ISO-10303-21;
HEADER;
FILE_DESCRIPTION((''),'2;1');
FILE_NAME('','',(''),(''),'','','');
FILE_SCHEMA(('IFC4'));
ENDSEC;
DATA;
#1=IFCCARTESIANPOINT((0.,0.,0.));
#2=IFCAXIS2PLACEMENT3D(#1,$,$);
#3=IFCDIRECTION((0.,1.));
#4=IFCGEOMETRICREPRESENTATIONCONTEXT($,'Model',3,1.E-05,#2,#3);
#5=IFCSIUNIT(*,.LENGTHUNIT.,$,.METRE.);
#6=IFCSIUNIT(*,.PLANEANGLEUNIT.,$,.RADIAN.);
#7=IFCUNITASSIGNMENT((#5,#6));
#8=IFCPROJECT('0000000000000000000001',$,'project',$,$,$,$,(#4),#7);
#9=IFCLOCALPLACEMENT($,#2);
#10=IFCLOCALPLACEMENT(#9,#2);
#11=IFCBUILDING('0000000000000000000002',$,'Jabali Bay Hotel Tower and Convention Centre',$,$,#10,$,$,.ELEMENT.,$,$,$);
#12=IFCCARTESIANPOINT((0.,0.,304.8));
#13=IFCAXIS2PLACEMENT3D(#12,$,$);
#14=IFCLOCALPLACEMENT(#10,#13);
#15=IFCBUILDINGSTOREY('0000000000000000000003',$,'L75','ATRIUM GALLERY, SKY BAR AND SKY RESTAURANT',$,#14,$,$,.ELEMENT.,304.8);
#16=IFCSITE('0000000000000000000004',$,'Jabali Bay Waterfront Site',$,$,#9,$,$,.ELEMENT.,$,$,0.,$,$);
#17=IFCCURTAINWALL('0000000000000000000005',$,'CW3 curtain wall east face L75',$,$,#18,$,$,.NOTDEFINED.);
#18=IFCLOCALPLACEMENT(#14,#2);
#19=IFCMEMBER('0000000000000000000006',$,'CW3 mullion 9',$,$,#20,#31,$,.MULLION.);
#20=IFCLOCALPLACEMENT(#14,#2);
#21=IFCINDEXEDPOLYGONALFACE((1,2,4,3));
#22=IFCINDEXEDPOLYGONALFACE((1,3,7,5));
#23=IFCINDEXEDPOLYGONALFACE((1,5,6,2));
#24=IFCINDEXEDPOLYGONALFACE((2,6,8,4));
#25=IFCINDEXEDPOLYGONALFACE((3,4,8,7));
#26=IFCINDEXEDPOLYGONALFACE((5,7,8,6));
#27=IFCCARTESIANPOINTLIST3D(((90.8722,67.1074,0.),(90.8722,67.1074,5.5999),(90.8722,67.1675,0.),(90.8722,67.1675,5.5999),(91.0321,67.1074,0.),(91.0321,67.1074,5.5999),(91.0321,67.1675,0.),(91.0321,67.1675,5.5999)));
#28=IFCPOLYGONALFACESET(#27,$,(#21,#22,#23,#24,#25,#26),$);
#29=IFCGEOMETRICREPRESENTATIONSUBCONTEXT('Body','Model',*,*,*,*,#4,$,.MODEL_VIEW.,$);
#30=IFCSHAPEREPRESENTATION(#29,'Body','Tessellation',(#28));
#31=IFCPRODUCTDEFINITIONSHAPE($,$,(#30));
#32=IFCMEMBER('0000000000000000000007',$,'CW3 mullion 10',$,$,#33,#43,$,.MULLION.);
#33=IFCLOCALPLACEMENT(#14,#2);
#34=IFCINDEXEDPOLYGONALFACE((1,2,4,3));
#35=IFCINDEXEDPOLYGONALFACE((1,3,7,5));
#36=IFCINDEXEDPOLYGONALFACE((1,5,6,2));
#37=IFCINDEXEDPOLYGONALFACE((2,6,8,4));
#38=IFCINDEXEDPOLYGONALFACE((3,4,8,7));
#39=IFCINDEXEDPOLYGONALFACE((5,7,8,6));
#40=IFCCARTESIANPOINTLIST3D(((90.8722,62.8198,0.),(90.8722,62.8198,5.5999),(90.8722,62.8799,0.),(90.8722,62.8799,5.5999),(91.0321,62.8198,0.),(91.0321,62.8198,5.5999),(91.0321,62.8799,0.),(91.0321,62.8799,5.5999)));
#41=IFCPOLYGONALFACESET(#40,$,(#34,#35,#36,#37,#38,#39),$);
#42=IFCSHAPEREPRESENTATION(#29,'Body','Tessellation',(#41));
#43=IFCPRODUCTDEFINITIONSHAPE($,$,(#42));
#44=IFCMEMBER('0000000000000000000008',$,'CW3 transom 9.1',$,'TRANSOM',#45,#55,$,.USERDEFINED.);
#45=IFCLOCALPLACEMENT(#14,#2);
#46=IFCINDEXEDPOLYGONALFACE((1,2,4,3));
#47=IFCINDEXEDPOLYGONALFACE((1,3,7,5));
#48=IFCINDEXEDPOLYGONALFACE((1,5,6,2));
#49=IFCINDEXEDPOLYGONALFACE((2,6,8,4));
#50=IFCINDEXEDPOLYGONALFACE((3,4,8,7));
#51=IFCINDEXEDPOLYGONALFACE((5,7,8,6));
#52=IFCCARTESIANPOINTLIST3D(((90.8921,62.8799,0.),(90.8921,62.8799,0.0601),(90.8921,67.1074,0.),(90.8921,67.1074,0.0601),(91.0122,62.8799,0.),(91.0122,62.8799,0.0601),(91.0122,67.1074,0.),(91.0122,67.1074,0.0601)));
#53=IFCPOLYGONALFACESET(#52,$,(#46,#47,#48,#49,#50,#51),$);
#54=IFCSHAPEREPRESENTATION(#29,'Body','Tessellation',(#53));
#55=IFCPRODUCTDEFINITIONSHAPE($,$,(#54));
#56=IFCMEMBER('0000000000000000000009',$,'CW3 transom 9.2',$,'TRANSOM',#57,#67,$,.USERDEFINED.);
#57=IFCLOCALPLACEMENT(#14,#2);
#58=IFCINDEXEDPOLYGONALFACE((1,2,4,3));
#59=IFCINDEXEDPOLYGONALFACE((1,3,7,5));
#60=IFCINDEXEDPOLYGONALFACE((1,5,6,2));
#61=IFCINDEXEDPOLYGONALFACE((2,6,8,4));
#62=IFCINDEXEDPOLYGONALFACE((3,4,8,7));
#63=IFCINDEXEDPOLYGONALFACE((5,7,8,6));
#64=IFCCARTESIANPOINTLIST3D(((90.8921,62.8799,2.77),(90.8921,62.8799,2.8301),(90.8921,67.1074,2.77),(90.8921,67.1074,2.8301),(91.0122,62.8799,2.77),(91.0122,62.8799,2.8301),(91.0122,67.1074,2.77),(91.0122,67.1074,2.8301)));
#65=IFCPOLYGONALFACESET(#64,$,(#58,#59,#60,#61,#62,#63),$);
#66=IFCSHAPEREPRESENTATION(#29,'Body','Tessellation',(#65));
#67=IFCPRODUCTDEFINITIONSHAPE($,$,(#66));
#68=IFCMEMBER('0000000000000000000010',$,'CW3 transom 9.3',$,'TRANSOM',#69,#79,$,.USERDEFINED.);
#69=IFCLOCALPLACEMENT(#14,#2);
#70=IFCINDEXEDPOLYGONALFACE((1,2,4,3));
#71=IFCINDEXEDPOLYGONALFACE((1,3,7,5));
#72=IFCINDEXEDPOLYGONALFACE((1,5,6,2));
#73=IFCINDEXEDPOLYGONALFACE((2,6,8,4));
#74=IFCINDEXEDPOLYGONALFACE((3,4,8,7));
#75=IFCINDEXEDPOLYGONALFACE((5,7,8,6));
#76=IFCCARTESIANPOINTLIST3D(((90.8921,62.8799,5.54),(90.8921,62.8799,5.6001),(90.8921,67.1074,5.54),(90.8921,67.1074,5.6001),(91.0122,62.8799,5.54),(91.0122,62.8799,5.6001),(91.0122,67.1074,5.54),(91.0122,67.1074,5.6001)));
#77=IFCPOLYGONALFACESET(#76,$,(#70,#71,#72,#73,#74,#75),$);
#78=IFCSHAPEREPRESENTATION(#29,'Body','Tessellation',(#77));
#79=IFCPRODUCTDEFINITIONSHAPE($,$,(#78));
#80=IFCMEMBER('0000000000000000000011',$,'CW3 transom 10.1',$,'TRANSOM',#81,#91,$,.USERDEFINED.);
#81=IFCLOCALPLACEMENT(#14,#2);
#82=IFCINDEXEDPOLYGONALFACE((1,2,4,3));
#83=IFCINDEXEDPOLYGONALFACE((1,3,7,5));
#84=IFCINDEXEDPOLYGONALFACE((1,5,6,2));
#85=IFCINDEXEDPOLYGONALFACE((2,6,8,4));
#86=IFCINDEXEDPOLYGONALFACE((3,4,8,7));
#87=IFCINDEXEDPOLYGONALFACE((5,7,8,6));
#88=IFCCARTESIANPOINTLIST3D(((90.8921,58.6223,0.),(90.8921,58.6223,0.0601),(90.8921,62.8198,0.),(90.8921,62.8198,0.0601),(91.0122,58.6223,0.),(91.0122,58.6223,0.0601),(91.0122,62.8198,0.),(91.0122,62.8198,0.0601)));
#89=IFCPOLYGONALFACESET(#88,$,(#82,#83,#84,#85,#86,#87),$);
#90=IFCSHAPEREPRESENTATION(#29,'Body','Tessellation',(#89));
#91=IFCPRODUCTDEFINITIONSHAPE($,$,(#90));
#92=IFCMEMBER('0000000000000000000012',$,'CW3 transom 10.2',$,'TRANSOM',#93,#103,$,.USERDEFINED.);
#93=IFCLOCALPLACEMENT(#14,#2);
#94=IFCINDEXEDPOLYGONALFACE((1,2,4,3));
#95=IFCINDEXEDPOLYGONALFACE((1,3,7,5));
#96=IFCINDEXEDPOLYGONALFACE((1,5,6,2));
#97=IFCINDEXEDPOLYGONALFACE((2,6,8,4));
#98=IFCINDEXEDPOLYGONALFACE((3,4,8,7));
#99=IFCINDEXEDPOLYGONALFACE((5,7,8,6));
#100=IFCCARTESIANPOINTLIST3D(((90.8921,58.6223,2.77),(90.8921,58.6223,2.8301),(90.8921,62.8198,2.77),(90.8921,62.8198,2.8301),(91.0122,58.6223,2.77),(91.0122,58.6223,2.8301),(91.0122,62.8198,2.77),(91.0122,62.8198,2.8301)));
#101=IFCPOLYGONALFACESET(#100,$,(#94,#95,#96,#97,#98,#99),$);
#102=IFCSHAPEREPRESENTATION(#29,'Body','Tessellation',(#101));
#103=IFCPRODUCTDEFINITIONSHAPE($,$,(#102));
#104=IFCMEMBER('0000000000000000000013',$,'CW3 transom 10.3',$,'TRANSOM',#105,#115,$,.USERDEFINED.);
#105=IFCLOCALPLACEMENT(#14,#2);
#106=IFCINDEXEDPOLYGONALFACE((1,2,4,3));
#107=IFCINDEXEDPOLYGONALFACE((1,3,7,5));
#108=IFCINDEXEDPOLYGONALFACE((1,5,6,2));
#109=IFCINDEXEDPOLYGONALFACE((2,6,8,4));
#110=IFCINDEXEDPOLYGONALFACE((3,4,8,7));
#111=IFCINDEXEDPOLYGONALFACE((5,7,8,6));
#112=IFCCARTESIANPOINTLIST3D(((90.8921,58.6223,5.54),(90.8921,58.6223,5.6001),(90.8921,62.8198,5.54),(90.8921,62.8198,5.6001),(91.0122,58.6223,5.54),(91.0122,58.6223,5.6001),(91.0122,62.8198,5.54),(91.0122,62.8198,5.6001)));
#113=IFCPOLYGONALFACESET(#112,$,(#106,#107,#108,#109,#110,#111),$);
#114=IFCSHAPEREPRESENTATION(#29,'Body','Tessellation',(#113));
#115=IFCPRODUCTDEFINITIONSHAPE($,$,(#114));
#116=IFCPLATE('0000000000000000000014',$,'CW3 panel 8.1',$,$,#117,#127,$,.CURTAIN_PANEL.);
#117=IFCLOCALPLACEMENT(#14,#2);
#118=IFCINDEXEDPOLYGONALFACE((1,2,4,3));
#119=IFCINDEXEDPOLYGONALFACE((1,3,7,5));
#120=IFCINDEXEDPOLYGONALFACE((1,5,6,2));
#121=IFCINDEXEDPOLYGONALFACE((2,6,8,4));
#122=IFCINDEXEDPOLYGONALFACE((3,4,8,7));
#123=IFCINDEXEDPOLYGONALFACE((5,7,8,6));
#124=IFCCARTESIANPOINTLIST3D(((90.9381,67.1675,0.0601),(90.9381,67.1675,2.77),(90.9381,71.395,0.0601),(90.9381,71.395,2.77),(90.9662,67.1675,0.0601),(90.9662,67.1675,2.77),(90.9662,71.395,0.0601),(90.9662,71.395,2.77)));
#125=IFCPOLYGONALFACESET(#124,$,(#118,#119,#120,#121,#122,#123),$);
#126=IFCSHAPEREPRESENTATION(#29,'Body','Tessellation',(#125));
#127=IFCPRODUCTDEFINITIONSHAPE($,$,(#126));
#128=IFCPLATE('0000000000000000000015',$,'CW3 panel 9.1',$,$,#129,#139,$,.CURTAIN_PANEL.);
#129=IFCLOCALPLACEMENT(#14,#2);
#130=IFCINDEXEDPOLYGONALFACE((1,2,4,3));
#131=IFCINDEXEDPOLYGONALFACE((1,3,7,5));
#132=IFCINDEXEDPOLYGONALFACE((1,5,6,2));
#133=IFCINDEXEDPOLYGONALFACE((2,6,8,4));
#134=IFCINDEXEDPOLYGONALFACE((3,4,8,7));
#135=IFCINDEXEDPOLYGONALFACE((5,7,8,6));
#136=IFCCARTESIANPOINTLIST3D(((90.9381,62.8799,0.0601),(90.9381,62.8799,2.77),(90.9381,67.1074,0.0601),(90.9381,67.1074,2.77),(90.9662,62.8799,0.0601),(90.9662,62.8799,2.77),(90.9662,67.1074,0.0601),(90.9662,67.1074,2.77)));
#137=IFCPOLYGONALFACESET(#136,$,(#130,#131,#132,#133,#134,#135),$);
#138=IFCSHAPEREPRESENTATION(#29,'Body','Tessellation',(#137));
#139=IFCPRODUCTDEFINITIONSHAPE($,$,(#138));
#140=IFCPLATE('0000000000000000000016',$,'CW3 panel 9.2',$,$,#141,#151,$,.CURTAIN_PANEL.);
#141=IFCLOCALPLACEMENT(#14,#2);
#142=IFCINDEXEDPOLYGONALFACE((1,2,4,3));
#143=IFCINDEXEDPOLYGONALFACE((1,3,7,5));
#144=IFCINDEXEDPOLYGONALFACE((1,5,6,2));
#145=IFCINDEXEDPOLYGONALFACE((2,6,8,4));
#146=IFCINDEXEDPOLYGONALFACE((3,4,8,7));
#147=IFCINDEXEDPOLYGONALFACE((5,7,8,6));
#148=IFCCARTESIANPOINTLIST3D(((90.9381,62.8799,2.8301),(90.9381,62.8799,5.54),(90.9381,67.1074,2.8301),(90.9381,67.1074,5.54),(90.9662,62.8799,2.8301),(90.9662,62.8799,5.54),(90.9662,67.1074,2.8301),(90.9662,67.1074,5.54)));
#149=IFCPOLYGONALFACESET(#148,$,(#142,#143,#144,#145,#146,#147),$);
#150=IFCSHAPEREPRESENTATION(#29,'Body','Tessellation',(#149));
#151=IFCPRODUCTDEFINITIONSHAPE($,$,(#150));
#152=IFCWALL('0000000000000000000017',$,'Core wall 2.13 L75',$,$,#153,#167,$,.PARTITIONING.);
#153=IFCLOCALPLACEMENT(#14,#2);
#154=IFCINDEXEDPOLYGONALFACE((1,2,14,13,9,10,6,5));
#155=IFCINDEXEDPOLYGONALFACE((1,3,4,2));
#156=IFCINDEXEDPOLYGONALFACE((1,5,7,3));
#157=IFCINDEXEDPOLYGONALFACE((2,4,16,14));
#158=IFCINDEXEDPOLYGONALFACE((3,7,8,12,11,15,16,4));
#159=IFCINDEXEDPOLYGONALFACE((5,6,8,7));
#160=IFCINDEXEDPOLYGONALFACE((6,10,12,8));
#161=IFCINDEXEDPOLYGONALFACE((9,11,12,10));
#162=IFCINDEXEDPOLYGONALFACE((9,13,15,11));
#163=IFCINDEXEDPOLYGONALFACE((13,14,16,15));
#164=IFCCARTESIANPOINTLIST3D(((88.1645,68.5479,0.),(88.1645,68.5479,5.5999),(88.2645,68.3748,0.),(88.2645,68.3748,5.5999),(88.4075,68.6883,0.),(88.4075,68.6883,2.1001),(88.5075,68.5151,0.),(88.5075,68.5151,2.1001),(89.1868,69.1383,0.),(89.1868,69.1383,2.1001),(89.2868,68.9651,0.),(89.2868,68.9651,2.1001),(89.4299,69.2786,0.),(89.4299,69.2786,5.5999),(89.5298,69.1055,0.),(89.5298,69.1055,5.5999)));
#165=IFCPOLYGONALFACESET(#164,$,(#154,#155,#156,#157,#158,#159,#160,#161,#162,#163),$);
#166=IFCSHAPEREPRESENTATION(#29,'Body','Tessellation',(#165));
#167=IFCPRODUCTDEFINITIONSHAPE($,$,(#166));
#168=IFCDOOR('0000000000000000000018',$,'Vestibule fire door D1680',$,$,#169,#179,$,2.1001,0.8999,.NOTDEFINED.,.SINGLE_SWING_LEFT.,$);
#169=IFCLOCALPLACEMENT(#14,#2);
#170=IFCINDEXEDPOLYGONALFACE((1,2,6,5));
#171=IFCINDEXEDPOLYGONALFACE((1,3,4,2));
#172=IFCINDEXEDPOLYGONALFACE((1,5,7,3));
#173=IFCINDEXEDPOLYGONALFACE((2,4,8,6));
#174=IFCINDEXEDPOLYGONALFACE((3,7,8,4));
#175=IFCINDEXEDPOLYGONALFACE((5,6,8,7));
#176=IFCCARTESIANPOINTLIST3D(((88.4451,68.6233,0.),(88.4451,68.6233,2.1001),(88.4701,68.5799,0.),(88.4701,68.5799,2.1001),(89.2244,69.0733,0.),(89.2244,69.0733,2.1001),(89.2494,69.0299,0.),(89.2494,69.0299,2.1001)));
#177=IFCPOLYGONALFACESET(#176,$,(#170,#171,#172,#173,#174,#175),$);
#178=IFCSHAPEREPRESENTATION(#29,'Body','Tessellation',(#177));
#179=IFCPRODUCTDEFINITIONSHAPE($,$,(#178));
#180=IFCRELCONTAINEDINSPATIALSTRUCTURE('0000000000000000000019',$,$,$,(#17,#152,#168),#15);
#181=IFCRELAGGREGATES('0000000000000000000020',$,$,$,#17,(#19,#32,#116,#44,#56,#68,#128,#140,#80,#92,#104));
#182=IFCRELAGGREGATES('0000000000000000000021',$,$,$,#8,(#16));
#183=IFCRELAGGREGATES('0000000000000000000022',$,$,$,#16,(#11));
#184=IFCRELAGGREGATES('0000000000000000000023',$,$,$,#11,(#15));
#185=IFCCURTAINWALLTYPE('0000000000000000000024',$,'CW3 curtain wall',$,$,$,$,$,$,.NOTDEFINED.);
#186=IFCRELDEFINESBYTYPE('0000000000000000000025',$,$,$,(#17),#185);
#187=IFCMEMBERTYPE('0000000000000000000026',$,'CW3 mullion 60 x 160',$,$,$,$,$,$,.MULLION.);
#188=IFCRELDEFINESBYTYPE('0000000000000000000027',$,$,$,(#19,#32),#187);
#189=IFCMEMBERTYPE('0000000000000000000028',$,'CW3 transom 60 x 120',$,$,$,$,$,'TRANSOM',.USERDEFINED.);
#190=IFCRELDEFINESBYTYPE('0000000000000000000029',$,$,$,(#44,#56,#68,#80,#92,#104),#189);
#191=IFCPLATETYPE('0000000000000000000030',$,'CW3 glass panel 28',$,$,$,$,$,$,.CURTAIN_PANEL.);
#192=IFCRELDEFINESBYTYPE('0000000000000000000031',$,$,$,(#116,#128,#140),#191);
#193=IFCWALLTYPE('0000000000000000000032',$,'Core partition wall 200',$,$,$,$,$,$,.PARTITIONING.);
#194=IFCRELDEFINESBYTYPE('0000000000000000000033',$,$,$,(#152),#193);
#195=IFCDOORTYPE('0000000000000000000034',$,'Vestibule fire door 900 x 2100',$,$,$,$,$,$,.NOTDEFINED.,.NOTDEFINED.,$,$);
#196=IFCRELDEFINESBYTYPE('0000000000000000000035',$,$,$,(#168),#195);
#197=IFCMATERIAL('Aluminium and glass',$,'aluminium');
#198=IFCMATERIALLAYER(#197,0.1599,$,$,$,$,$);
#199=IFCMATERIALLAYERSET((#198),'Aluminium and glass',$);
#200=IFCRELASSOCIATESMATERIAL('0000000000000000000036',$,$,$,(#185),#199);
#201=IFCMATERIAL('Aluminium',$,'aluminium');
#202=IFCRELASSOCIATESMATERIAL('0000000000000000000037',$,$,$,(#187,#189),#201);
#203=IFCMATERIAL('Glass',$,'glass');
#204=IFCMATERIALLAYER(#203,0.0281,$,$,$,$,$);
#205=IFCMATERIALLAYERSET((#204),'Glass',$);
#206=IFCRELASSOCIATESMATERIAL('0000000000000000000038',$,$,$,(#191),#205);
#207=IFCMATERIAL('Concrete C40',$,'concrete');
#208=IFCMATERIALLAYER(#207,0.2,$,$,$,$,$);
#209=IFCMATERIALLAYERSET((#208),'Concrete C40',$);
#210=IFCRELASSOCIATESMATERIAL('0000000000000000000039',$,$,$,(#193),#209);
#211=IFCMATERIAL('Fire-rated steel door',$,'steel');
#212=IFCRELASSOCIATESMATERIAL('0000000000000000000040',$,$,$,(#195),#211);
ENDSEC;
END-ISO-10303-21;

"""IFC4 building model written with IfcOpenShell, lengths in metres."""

from ifc_helpers import new_model, si_unit, direction, frame, frame_2d, origin, origin_2d, place, context, subcontext, project, spatial, rectangle, extrude, material, layer, layer_set, material_profile, profile_set, type_object, element, fill, aggregate, save


model = new_model("IFC4")

# Units and contexts
model_context = context("Model", 3, precision=1e-05, world=origin(), true_north=direction((0.0, 1.0)))
body_context = subcontext(model_context, "Body", "Model", "MODEL_VIEW")
ifc_project = project(units=[si_unit("LENGTHUNIT", "METRE"), si_unit("PLANEANGLEUNIT", "RADIAN")], contexts=[model_context])

# Site, building, storey
site_placement = place(None, origin())
site = spatial("IfcSite", under=ifc_project, at=site_placement, Name="Jabali Bay Waterfront Site", CompositionType="ELEMENT", RefElevation=0.0)
building_placement = place(site_placement, origin())
building = spatial("IfcBuilding", under=site, at=building_placement, Name="Jabali Bay Hotel Tower and Convention Centre", CompositionType="ELEMENT")
storey_placement = place(building_placement, frame((0.0, 0.0, 304.8)))
storey = spatial("IfcBuildingStorey", under=building, at=storey_placement, Name="L75", Description="ATRIUM GALLERY, SKY BAR AND SKY RESTAURANT", CompositionType="ELEMENT", Elevation=304.8)

# Curtain wall, members, plates
ifc_material_1 = material(Name="Aluminium and glass", Category="aluminium")
ifc_layer_1 = layer(ifc_material_1, 0.1599)
ifc_layer_set_1 = layer_set([ifc_layer_1], Name="Aluminium and glass")
curtain_wall_type = type_object("IfcCurtainWallType", Name="CW3 curtain wall", PredefinedType="NOTDEFINED", material=ifc_layer_set_1)
curtain_wall_placement = place(storey_placement, origin())
curtain_wall = element("IfcCurtainWall", 1, at=curtain_wall_placement, inside=storey, type_object=curtain_wall_type, Name="CW3 curtain wall east face L75", PredefinedType="NOTDEFINED")
ifc_material_2 = material(Name="Aluminium", Category="aluminium")
ifc_material_profile_1 = material_profile(ifc_material_2, rectangle(XDim=0.1599, YDim=0.0601, at=origin_2d()), Name="CW3 mullion 60 x 160")
ifc_profile_set_1 = profile_set([ifc_material_profile_1], Name="Aluminium")
member_type_1 = type_object("IfcMemberType", Name="CW3 mullion 60 x 160", PredefinedType="MULLION", material=ifc_profile_set_1)
member_1_placement = place(storey_placement, frame((90.9521, 67.1375, 0.0), z_axis=(0.0, 0.0, 1.0), x_axis=(1.0, 0.0, 0.0)))
member_1 = element("IfcMember", 2, at=member_1_placement, type_object=member_type_1, Name="CW3 mullion 9", PredefinedType="MULLION", context=body_context, shape_type="SweptSolid", body=[
    extrude(rectangle(XDim=0.1599, YDim=0.0601, at=origin_2d()), origin(), (0.0, 0.0, 1.0), 5.5999),
])
member_2_placement = place(storey_placement, frame((90.9521, 62.8499, 0.0), z_axis=(0.0, 0.0, 1.0), x_axis=(1.0, 0.0, 0.0)))
member_2 = element("IfcMember", 3, at=member_2_placement, type_object=member_type_1, Name="CW3 mullion 10", PredefinedType="MULLION", context=body_context, shape_type="SweptSolid", body=[
    extrude(rectangle(XDim=0.1599, YDim=0.0601, at=origin_2d()), origin(), (0.0, 0.0, 1.0), 5.5999),
])
ifc_material_profile_2 = material_profile(ifc_material_2, rectangle(XDim=0.1201, YDim=0.0601, at=origin_2d()), Name="CW3 transom 60 x 120")
ifc_profile_set_2 = profile_set([ifc_material_profile_2], Name="Aluminium")
member_type_2 = type_object("IfcMemberType", Name="CW3 transom 60 x 120", ElementType="TRANSOM", PredefinedType="USERDEFINED", material=ifc_profile_set_2)
member_3_placement = place(storey_placement, frame((90.9521, 67.1074, 0.03), z_axis=(0.0, -1.0, 0.0), x_axis=(1.0, 0.0, 0.0)))
member_3 = element("IfcMember", 4, at=member_3_placement, type_object=member_type_2, Name="CW3 transom 9.1", ObjectType="TRANSOM", PredefinedType="USERDEFINED", context=body_context, shape_type="SweptSolid", body=[
    extrude(rectangle(XDim=0.1201, YDim=0.0601, at=origin_2d()), origin(), (0.0, 0.0, 1.0), 4.2275),
])
member_4_placement = place(storey_placement, frame((90.9521, 67.1074, 2.8), z_axis=(0.0, -1.0, 0.0), x_axis=(1.0, 0.0, 0.0)))
member_4 = element("IfcMember", 5, at=member_4_placement, type_object=member_type_2, Name="CW3 transom 9.2", ObjectType="TRANSOM", PredefinedType="USERDEFINED", context=body_context, shape_type="SweptSolid", body=[
    extrude(rectangle(XDim=0.1201, YDim=0.0601, at=origin_2d()), origin(), (0.0, 0.0, 1.0), 4.2275),
])
member_5_placement = place(storey_placement, frame((90.9521, 67.1074, 5.5701), z_axis=(0.0, -1.0, 0.0), x_axis=(1.0, 0.0, 0.0)))
member_5 = element("IfcMember", 6, at=member_5_placement, type_object=member_type_2, Name="CW3 transom 9.3", ObjectType="TRANSOM", PredefinedType="USERDEFINED", context=body_context, shape_type="SweptSolid", body=[
    extrude(rectangle(XDim=0.1201, YDim=0.0601, at=origin_2d()), origin(), (0.0, 0.0, 1.0), 4.2275),
])
member_6_placement = place(storey_placement, frame((90.9521, 62.8198, 0.03), z_axis=(0.0, -1.0, 0.0), x_axis=(1.0, 0.0, 0.0)))
member_6 = element("IfcMember", 7, at=member_6_placement, type_object=member_type_2, Name="CW3 transom 10.1", ObjectType="TRANSOM", PredefinedType="USERDEFINED", context=body_context, shape_type="SweptSolid", body=[
    extrude(rectangle(XDim=0.1201, YDim=0.0601, at=origin_2d()), origin(), (0.0, 0.0, 1.0), 4.1975),
])
member_7_placement = place(storey_placement, frame((90.9521, 62.8198, 2.8), z_axis=(0.0, -1.0, 0.0), x_axis=(1.0, 0.0, 0.0)))
member_7 = element("IfcMember", 8, at=member_7_placement, type_object=member_type_2, Name="CW3 transom 10.2", ObjectType="TRANSOM", PredefinedType="USERDEFINED", context=body_context, shape_type="SweptSolid", body=[
    extrude(rectangle(XDim=0.1201, YDim=0.0601, at=origin_2d()), origin(), (0.0, 0.0, 1.0), 4.1975),
])
member_8_placement = place(storey_placement, frame((90.9521, 62.8198, 5.5701), z_axis=(0.0, -1.0, 0.0), x_axis=(1.0, 0.0, 0.0)))
member_8 = element("IfcMember", 9, at=member_8_placement, type_object=member_type_2, Name="CW3 transom 10.3", ObjectType="TRANSOM", PredefinedType="USERDEFINED", context=body_context, shape_type="SweptSolid", body=[
    extrude(rectangle(XDim=0.1201, YDim=0.0601, at=origin_2d()), origin(), (0.0, 0.0, 1.0), 4.1975),
])
ifc_material_3 = material(Name="Glass", Category="glass")
ifc_layer_2 = layer(ifc_material_3, 0.0281)
ifc_layer_set_2 = layer_set([ifc_layer_2], Name="Glass")
plate_type = type_object("IfcPlateType", Name="CW3 glass panel 28", PredefinedType="CURTAIN_PANEL", material=ifc_layer_set_2)
plate_1_placement = place(storey_placement, frame((90.9521, 69.2812, 0.0601), z_axis=(0.0, 0.0, 1.0), x_axis=(0.0, -1.0, 0.0)))
plate_1 = element("IfcPlate", 10, at=plate_1_placement, type_object=plate_type, Name="CW3 panel 8.1", PredefinedType="CURTAIN_PANEL", context=body_context, shape_type="SweptSolid", body=[
    extrude(rectangle(XDim=4.2275, YDim=0.0281, at=origin_2d()), origin(), (0.0, 0.0, 1.0), 2.71),
])
plate_2_placement = place(storey_placement, frame((90.9521, 64.9937, 0.0601), z_axis=(0.0, 0.0, 1.0), x_axis=(0.0, -1.0, 0.0)))
plate_2 = element("IfcPlate", 11, at=plate_2_placement, type_object=plate_type, Name="CW3 panel 9.1", PredefinedType="CURTAIN_PANEL", context=body_context, shape_type="SweptSolid", body=[
    extrude(rectangle(XDim=4.2275, YDim=0.0281, at=origin_2d()), origin(), (0.0, 0.0, 1.0), 2.71),
])
plate_3_placement = place(storey_placement, frame((90.9521, 64.9937, 2.8301), z_axis=(0.0, 0.0, 1.0), x_axis=(0.0, -1.0, 0.0)))
plate_3 = element("IfcPlate", 12, at=plate_3_placement, type_object=plate_type, Name="CW3 panel 9.2", PredefinedType="CURTAIN_PANEL", context=body_context, shape_type="SweptSolid", body=[
    extrude(rectangle(XDim=4.2275, YDim=0.0281, at=origin_2d()), origin(), (0.0, 0.0, 1.0), 2.71),
])
aggregate(curtain_wall, [member_1, member_2, plate_1, member_3, member_4, member_5, plate_2, plate_3, member_6, member_7, member_8])

# Wall, opening, door
ifc_material_4 = material(Name="Concrete C40", Category="concrete")
ifc_layer_3 = layer(ifc_material_4, 0.2)
ifc_layer_set_3 = layer_set([ifc_layer_3], Name="Concrete C40")
wall_type_1 = type_object("IfcWallType", Name="Core partition wall 200", PredefinedType="PARTITIONING", material=ifc_layer_set_3)
wall_1_placement = place(storey_placement, frame((88.2146, 68.4614, 0.0), z_axis=(0.0, 0.0, 1.0), x_axis=(0.865982, 0.500074, 0.0)))
wall_1 = element("IfcWall", 13, at=wall_1_placement, inside=storey, type_object=wall_type_1, Name="Core wall 2.13 L75", PredefinedType="PARTITIONING", context=body_context, shape_type="SweptSolid", body=[
    extrude(rectangle(XDim=1.4612, YDim=0.2, at=frame_2d((0.7305, 0.0))), origin(), (0.0, 0.0, 1.0), 5.5999),
])
opening_1_placement = place(wall_1_placement, frame((0.2805, 0.0, 0.0)))
opening_1 = element("IfcOpeningElement", 14, at=opening_1_placement, cuts=wall_1, PredefinedType="OPENING", context=body_context, shape_type="SweptSolid", body=[
    extrude(rectangle(XDim=0.8999, YDim=2.1001, at=frame_2d((0.45, 1.05))), frame((0.0, 0.1104, 0.0), z_axis=(0.0, -1.0, 0.0), x_axis=(1.0, 0.0, 0.0)), (0.0, 0.0, 1.0), 0.2209),
])
ifc_material_5 = material(Name="Fire-rated steel door", Category="steel")
door_type_1 = type_object("IfcDoorType", Name="Vestibule fire door 900 x 2100", OperationType="NOTDEFINED", PredefinedType="NOTDEFINED", material=ifc_material_5)
door_1_placement = place(opening_1_placement, origin())
door_1 = element("IfcDoor", 15, at=door_1_placement, inside=storey, type_object=door_type_1, Name="Vestibule fire door D1680", OperationType="SINGLE_SWING_LEFT", OverallHeight=2.1001, OverallWidth=0.8999, PredefinedType="NOTDEFINED", context=body_context, shape_type="SweptSolid", body=[
    extrude(rectangle(XDim=0.8999, YDim=2.1001, at=frame_2d((0.45, 1.05))), frame((0.0, 0.0249, 0.0), z_axis=(0.0, -1.0, 0.0), x_axis=(1.0, 0.0, 0.0)), (0.0, 0.0, 1.0), 0.05),
])
fill(opening_1, door_1)

save(model, "model.ifc")
